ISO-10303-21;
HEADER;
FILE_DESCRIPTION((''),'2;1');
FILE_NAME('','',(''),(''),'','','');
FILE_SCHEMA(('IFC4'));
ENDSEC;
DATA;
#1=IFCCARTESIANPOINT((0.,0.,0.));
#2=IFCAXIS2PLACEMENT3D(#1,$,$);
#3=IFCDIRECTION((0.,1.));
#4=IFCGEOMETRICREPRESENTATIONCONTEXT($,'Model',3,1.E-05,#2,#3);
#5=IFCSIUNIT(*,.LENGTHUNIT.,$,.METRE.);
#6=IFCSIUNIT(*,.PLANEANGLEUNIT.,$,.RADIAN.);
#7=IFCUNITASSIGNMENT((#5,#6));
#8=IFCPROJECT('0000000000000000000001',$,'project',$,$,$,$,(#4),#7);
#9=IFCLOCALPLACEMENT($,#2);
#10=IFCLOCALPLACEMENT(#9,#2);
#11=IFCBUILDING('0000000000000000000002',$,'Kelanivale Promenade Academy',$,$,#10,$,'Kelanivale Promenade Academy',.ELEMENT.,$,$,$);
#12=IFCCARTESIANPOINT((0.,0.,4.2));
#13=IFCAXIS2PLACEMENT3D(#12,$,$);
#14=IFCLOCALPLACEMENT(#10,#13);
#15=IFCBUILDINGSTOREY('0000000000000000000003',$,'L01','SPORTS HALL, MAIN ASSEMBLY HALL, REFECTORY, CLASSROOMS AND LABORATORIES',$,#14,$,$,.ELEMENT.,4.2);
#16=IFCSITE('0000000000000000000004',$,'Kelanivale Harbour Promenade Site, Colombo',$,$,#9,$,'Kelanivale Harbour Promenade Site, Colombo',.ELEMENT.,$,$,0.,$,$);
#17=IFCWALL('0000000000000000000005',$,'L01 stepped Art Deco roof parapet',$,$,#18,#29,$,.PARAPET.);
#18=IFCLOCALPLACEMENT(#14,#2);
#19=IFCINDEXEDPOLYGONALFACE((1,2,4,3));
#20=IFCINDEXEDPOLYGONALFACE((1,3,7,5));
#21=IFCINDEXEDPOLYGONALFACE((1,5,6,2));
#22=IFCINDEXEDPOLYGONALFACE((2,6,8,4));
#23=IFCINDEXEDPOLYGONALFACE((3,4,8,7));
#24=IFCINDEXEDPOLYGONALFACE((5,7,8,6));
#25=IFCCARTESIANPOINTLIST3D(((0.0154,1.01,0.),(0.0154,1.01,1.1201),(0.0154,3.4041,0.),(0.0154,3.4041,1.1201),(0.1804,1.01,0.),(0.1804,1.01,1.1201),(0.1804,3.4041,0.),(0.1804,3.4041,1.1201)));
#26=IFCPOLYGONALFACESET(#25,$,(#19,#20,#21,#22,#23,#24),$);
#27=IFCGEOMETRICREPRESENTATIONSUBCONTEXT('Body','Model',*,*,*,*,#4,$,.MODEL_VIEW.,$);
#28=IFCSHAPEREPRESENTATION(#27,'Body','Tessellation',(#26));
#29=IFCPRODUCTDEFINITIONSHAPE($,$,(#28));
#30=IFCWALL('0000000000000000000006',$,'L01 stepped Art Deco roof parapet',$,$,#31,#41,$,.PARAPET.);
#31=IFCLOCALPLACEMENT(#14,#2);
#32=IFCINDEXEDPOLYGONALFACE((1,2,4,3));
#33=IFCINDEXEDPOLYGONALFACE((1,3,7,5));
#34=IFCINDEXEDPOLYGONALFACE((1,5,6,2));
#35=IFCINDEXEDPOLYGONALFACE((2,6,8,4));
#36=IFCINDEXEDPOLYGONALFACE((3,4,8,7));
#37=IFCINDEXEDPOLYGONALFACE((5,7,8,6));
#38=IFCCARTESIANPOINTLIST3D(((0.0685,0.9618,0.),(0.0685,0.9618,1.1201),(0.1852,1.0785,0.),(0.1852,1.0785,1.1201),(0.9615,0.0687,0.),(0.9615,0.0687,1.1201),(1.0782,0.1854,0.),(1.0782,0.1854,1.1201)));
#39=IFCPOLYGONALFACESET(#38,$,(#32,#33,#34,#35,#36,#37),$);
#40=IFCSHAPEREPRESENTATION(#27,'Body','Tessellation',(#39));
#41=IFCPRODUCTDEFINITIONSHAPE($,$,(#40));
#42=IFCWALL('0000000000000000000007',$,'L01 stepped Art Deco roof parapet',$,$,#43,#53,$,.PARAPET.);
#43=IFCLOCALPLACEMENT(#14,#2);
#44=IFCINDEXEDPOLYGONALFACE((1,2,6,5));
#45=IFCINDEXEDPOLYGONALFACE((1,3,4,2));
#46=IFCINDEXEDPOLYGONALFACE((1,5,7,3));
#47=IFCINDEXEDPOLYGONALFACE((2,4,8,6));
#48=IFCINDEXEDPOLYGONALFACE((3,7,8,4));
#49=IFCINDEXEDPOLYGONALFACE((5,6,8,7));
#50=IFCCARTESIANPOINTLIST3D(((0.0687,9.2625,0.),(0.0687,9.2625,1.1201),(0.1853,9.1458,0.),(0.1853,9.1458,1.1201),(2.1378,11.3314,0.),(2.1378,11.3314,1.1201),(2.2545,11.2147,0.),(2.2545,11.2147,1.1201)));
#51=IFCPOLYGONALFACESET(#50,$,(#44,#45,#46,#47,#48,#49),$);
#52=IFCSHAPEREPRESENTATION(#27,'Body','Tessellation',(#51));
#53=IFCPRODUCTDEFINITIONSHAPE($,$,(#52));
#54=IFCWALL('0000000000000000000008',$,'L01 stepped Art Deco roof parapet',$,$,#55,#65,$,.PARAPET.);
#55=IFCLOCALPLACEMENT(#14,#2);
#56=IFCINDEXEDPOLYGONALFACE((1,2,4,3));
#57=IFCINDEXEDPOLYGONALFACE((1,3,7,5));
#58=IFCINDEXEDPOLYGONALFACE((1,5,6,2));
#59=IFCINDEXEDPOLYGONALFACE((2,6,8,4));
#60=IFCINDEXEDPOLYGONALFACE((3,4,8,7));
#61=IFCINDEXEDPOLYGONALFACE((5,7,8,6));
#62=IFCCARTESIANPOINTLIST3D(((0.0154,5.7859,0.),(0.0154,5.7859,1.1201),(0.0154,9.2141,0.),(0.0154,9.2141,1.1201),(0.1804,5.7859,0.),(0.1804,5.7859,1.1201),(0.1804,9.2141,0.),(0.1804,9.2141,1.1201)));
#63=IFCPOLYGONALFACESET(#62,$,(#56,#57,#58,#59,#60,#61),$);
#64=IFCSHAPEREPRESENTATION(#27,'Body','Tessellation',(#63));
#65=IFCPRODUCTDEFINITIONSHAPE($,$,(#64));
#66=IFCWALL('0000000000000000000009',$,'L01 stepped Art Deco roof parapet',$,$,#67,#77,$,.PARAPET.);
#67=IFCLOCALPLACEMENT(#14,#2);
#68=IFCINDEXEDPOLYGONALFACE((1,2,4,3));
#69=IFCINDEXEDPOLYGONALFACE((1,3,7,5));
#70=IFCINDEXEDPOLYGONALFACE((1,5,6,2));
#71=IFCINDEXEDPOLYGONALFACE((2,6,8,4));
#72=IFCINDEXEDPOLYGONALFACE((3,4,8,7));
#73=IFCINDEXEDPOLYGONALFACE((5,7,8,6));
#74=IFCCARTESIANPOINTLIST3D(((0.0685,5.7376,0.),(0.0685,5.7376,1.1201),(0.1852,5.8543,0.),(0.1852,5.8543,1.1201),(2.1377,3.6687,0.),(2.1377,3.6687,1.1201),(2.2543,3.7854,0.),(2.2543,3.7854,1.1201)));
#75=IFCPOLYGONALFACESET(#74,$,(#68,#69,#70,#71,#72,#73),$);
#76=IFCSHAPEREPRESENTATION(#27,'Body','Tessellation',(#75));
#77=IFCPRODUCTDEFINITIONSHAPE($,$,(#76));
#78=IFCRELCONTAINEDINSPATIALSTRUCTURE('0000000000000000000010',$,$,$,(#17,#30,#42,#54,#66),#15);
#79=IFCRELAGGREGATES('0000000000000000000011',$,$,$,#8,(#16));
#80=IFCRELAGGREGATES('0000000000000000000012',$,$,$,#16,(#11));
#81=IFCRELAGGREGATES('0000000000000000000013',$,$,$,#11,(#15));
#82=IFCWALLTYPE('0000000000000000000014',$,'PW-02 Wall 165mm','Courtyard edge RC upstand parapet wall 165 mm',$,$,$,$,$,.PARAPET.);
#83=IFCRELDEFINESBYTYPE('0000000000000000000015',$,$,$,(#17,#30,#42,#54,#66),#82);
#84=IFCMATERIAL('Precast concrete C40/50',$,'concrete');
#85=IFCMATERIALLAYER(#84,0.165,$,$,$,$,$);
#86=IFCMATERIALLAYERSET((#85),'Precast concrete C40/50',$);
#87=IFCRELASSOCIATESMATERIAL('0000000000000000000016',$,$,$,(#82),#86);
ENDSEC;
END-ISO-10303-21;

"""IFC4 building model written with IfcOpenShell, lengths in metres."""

from ifc_helpers import new_model, si_unit, direction, frame, frame_2d, origin, place, context, subcontext, project, spatial, rectangle, extrude, material, layer, layer_set, type_object, element, save


model = new_model("IFC4")

# Units and contexts
model_context = context("Model", 3, precision=1e-05, world=origin(), true_north=direction((0.0, 1.0)))
body_context = subcontext(model_context, "Body", "Model", "MODEL_VIEW")
ifc_project = project(units=[si_unit("LENGTHUNIT", "METRE"), si_unit("PLANEANGLEUNIT", "RADIAN")], contexts=[model_context])

# Site, building, storey
site_placement = place(None, origin())
site = spatial("IfcSite", under=ifc_project, at=site_placement, Name="Kelanivale Harbour Promenade Site, Colombo", LongName="Kelanivale Harbour Promenade Site, Colombo", CompositionType="ELEMENT", RefElevation=0.0)
building_placement = place(site_placement, origin())
building = spatial("IfcBuilding", under=site, at=building_placement, Name="Kelanivale Promenade Academy", LongName="Kelanivale Promenade Academy", CompositionType="ELEMENT")
storey_placement = place(building_placement, frame((0.0, 0.0, 4.2)))
storey = spatial("IfcBuildingStorey", under=building, at=storey_placement, Name="L01", Description="SPORTS HALL, MAIN ASSEMBLY HALL, REFECTORY, CLASSROOMS AND LABORATORIES", CompositionType="ELEMENT", Elevation=4.2)

# Walls
ifc_material_1 = material(Name="Precast concrete C40/50", Category="concrete")
ifc_layer_1 = layer(ifc_material_1, 0.165)
ifc_layer_set_1 = layer_set([ifc_layer_1], Name="Precast concrete C40/50")
wall_type_1 = type_object("IfcWallType", Name="PW-02 Wall 165mm", Description="Courtyard edge RC upstand parapet wall 165 mm", PredefinedType="PARAPET", material=ifc_layer_set_1)
wall_1_placement = place(storey_placement, frame((0.0979, 3.4041, 0.0), z_axis=(0.0, 0.0, 1.0), x_axis=(0.0, -1.0, 0.0)))
element("IfcWall", 1, at=wall_1_placement, inside=storey, type_object=wall_type_1, Name="L01 stepped Art Deco roof parapet", PredefinedType="PARAPET", context=body_context, shape_type="SweptSolid", body=[
    extrude(rectangle(XDim=2.394, YDim=0.165, at=frame_2d((1.197, 0.0))), origin(), (0.0, 0.0, 1.0), 1.1201),
])
wall_2_placement = place(storey_placement, frame((0.127, 1.02, 0.0), z_axis=(0.0, 0.0, 1.0), x_axis=(0.707107, -0.707107, 0.0)))
element("IfcWall", 2, at=wall_2_placement, inside=storey, type_object=wall_type_1, Name="L01 stepped Art Deco roof parapet", PredefinedType="PARAPET", context=body_context, shape_type="SweptSolid", body=[
    extrude(rectangle(XDim=1.2629, YDim=0.165, at=frame_2d((0.6313, 0.0))), origin(), (0.0, 0.0, 1.0), 1.1201),
])
wall_3_placement = place(storey_placement, frame((2.196, 11.2729, 0.0), z_axis=(0.0, 0.0, 1.0), x_axis=(-0.707148, -0.707065, 0.0)))
element("IfcWall", 3, at=wall_3_placement, inside=storey, type_object=wall_type_1, Name="L01 stepped Art Deco roof parapet", PredefinedType="PARAPET", context=body_context, shape_type="SweptSolid", body=[
    extrude(rectangle(XDim=2.926, YDim=0.165, at=frame_2d((1.4629, 0.0))), origin(), (0.0, 0.0, 1.0), 1.1201),
])
wall_4_placement = place(storey_placement, frame((0.0979, 9.2141, 0.0), z_axis=(0.0, 0.0, 1.0), x_axis=(0.0, -1.0, 0.0)))
element("IfcWall", 4, at=wall_4_placement, inside=storey, type_object=wall_type_1, Name="L01 stepped Art Deco roof parapet", PredefinedType="PARAPET", context=body_context, shape_type="SweptSolid", body=[
    extrude(rectangle(XDim=3.4282, YDim=0.165, at=frame_2d((1.7141, 0.0))), origin(), (0.0, 0.0, 1.0), 1.1201),
])
wall_5_placement = place(storey_placement, frame((0.127, 5.7959, 0.0), z_axis=(0.0, 0.0, 1.0), x_axis=(0.707148, -0.707065, 0.0)))
element("IfcWall", 5, at=wall_5_placement, inside=storey, type_object=wall_type_1, Name="L01 stepped Art Deco roof parapet", PredefinedType="PARAPET", context=body_context, shape_type="SweptSolid", body=[
    extrude(rectangle(XDim=2.926, YDim=0.165, at=frame_2d((1.4629, 0.0))), origin(), (0.0, 0.0, 1.0), 1.1201),
])

save(model, "model.ifc")
